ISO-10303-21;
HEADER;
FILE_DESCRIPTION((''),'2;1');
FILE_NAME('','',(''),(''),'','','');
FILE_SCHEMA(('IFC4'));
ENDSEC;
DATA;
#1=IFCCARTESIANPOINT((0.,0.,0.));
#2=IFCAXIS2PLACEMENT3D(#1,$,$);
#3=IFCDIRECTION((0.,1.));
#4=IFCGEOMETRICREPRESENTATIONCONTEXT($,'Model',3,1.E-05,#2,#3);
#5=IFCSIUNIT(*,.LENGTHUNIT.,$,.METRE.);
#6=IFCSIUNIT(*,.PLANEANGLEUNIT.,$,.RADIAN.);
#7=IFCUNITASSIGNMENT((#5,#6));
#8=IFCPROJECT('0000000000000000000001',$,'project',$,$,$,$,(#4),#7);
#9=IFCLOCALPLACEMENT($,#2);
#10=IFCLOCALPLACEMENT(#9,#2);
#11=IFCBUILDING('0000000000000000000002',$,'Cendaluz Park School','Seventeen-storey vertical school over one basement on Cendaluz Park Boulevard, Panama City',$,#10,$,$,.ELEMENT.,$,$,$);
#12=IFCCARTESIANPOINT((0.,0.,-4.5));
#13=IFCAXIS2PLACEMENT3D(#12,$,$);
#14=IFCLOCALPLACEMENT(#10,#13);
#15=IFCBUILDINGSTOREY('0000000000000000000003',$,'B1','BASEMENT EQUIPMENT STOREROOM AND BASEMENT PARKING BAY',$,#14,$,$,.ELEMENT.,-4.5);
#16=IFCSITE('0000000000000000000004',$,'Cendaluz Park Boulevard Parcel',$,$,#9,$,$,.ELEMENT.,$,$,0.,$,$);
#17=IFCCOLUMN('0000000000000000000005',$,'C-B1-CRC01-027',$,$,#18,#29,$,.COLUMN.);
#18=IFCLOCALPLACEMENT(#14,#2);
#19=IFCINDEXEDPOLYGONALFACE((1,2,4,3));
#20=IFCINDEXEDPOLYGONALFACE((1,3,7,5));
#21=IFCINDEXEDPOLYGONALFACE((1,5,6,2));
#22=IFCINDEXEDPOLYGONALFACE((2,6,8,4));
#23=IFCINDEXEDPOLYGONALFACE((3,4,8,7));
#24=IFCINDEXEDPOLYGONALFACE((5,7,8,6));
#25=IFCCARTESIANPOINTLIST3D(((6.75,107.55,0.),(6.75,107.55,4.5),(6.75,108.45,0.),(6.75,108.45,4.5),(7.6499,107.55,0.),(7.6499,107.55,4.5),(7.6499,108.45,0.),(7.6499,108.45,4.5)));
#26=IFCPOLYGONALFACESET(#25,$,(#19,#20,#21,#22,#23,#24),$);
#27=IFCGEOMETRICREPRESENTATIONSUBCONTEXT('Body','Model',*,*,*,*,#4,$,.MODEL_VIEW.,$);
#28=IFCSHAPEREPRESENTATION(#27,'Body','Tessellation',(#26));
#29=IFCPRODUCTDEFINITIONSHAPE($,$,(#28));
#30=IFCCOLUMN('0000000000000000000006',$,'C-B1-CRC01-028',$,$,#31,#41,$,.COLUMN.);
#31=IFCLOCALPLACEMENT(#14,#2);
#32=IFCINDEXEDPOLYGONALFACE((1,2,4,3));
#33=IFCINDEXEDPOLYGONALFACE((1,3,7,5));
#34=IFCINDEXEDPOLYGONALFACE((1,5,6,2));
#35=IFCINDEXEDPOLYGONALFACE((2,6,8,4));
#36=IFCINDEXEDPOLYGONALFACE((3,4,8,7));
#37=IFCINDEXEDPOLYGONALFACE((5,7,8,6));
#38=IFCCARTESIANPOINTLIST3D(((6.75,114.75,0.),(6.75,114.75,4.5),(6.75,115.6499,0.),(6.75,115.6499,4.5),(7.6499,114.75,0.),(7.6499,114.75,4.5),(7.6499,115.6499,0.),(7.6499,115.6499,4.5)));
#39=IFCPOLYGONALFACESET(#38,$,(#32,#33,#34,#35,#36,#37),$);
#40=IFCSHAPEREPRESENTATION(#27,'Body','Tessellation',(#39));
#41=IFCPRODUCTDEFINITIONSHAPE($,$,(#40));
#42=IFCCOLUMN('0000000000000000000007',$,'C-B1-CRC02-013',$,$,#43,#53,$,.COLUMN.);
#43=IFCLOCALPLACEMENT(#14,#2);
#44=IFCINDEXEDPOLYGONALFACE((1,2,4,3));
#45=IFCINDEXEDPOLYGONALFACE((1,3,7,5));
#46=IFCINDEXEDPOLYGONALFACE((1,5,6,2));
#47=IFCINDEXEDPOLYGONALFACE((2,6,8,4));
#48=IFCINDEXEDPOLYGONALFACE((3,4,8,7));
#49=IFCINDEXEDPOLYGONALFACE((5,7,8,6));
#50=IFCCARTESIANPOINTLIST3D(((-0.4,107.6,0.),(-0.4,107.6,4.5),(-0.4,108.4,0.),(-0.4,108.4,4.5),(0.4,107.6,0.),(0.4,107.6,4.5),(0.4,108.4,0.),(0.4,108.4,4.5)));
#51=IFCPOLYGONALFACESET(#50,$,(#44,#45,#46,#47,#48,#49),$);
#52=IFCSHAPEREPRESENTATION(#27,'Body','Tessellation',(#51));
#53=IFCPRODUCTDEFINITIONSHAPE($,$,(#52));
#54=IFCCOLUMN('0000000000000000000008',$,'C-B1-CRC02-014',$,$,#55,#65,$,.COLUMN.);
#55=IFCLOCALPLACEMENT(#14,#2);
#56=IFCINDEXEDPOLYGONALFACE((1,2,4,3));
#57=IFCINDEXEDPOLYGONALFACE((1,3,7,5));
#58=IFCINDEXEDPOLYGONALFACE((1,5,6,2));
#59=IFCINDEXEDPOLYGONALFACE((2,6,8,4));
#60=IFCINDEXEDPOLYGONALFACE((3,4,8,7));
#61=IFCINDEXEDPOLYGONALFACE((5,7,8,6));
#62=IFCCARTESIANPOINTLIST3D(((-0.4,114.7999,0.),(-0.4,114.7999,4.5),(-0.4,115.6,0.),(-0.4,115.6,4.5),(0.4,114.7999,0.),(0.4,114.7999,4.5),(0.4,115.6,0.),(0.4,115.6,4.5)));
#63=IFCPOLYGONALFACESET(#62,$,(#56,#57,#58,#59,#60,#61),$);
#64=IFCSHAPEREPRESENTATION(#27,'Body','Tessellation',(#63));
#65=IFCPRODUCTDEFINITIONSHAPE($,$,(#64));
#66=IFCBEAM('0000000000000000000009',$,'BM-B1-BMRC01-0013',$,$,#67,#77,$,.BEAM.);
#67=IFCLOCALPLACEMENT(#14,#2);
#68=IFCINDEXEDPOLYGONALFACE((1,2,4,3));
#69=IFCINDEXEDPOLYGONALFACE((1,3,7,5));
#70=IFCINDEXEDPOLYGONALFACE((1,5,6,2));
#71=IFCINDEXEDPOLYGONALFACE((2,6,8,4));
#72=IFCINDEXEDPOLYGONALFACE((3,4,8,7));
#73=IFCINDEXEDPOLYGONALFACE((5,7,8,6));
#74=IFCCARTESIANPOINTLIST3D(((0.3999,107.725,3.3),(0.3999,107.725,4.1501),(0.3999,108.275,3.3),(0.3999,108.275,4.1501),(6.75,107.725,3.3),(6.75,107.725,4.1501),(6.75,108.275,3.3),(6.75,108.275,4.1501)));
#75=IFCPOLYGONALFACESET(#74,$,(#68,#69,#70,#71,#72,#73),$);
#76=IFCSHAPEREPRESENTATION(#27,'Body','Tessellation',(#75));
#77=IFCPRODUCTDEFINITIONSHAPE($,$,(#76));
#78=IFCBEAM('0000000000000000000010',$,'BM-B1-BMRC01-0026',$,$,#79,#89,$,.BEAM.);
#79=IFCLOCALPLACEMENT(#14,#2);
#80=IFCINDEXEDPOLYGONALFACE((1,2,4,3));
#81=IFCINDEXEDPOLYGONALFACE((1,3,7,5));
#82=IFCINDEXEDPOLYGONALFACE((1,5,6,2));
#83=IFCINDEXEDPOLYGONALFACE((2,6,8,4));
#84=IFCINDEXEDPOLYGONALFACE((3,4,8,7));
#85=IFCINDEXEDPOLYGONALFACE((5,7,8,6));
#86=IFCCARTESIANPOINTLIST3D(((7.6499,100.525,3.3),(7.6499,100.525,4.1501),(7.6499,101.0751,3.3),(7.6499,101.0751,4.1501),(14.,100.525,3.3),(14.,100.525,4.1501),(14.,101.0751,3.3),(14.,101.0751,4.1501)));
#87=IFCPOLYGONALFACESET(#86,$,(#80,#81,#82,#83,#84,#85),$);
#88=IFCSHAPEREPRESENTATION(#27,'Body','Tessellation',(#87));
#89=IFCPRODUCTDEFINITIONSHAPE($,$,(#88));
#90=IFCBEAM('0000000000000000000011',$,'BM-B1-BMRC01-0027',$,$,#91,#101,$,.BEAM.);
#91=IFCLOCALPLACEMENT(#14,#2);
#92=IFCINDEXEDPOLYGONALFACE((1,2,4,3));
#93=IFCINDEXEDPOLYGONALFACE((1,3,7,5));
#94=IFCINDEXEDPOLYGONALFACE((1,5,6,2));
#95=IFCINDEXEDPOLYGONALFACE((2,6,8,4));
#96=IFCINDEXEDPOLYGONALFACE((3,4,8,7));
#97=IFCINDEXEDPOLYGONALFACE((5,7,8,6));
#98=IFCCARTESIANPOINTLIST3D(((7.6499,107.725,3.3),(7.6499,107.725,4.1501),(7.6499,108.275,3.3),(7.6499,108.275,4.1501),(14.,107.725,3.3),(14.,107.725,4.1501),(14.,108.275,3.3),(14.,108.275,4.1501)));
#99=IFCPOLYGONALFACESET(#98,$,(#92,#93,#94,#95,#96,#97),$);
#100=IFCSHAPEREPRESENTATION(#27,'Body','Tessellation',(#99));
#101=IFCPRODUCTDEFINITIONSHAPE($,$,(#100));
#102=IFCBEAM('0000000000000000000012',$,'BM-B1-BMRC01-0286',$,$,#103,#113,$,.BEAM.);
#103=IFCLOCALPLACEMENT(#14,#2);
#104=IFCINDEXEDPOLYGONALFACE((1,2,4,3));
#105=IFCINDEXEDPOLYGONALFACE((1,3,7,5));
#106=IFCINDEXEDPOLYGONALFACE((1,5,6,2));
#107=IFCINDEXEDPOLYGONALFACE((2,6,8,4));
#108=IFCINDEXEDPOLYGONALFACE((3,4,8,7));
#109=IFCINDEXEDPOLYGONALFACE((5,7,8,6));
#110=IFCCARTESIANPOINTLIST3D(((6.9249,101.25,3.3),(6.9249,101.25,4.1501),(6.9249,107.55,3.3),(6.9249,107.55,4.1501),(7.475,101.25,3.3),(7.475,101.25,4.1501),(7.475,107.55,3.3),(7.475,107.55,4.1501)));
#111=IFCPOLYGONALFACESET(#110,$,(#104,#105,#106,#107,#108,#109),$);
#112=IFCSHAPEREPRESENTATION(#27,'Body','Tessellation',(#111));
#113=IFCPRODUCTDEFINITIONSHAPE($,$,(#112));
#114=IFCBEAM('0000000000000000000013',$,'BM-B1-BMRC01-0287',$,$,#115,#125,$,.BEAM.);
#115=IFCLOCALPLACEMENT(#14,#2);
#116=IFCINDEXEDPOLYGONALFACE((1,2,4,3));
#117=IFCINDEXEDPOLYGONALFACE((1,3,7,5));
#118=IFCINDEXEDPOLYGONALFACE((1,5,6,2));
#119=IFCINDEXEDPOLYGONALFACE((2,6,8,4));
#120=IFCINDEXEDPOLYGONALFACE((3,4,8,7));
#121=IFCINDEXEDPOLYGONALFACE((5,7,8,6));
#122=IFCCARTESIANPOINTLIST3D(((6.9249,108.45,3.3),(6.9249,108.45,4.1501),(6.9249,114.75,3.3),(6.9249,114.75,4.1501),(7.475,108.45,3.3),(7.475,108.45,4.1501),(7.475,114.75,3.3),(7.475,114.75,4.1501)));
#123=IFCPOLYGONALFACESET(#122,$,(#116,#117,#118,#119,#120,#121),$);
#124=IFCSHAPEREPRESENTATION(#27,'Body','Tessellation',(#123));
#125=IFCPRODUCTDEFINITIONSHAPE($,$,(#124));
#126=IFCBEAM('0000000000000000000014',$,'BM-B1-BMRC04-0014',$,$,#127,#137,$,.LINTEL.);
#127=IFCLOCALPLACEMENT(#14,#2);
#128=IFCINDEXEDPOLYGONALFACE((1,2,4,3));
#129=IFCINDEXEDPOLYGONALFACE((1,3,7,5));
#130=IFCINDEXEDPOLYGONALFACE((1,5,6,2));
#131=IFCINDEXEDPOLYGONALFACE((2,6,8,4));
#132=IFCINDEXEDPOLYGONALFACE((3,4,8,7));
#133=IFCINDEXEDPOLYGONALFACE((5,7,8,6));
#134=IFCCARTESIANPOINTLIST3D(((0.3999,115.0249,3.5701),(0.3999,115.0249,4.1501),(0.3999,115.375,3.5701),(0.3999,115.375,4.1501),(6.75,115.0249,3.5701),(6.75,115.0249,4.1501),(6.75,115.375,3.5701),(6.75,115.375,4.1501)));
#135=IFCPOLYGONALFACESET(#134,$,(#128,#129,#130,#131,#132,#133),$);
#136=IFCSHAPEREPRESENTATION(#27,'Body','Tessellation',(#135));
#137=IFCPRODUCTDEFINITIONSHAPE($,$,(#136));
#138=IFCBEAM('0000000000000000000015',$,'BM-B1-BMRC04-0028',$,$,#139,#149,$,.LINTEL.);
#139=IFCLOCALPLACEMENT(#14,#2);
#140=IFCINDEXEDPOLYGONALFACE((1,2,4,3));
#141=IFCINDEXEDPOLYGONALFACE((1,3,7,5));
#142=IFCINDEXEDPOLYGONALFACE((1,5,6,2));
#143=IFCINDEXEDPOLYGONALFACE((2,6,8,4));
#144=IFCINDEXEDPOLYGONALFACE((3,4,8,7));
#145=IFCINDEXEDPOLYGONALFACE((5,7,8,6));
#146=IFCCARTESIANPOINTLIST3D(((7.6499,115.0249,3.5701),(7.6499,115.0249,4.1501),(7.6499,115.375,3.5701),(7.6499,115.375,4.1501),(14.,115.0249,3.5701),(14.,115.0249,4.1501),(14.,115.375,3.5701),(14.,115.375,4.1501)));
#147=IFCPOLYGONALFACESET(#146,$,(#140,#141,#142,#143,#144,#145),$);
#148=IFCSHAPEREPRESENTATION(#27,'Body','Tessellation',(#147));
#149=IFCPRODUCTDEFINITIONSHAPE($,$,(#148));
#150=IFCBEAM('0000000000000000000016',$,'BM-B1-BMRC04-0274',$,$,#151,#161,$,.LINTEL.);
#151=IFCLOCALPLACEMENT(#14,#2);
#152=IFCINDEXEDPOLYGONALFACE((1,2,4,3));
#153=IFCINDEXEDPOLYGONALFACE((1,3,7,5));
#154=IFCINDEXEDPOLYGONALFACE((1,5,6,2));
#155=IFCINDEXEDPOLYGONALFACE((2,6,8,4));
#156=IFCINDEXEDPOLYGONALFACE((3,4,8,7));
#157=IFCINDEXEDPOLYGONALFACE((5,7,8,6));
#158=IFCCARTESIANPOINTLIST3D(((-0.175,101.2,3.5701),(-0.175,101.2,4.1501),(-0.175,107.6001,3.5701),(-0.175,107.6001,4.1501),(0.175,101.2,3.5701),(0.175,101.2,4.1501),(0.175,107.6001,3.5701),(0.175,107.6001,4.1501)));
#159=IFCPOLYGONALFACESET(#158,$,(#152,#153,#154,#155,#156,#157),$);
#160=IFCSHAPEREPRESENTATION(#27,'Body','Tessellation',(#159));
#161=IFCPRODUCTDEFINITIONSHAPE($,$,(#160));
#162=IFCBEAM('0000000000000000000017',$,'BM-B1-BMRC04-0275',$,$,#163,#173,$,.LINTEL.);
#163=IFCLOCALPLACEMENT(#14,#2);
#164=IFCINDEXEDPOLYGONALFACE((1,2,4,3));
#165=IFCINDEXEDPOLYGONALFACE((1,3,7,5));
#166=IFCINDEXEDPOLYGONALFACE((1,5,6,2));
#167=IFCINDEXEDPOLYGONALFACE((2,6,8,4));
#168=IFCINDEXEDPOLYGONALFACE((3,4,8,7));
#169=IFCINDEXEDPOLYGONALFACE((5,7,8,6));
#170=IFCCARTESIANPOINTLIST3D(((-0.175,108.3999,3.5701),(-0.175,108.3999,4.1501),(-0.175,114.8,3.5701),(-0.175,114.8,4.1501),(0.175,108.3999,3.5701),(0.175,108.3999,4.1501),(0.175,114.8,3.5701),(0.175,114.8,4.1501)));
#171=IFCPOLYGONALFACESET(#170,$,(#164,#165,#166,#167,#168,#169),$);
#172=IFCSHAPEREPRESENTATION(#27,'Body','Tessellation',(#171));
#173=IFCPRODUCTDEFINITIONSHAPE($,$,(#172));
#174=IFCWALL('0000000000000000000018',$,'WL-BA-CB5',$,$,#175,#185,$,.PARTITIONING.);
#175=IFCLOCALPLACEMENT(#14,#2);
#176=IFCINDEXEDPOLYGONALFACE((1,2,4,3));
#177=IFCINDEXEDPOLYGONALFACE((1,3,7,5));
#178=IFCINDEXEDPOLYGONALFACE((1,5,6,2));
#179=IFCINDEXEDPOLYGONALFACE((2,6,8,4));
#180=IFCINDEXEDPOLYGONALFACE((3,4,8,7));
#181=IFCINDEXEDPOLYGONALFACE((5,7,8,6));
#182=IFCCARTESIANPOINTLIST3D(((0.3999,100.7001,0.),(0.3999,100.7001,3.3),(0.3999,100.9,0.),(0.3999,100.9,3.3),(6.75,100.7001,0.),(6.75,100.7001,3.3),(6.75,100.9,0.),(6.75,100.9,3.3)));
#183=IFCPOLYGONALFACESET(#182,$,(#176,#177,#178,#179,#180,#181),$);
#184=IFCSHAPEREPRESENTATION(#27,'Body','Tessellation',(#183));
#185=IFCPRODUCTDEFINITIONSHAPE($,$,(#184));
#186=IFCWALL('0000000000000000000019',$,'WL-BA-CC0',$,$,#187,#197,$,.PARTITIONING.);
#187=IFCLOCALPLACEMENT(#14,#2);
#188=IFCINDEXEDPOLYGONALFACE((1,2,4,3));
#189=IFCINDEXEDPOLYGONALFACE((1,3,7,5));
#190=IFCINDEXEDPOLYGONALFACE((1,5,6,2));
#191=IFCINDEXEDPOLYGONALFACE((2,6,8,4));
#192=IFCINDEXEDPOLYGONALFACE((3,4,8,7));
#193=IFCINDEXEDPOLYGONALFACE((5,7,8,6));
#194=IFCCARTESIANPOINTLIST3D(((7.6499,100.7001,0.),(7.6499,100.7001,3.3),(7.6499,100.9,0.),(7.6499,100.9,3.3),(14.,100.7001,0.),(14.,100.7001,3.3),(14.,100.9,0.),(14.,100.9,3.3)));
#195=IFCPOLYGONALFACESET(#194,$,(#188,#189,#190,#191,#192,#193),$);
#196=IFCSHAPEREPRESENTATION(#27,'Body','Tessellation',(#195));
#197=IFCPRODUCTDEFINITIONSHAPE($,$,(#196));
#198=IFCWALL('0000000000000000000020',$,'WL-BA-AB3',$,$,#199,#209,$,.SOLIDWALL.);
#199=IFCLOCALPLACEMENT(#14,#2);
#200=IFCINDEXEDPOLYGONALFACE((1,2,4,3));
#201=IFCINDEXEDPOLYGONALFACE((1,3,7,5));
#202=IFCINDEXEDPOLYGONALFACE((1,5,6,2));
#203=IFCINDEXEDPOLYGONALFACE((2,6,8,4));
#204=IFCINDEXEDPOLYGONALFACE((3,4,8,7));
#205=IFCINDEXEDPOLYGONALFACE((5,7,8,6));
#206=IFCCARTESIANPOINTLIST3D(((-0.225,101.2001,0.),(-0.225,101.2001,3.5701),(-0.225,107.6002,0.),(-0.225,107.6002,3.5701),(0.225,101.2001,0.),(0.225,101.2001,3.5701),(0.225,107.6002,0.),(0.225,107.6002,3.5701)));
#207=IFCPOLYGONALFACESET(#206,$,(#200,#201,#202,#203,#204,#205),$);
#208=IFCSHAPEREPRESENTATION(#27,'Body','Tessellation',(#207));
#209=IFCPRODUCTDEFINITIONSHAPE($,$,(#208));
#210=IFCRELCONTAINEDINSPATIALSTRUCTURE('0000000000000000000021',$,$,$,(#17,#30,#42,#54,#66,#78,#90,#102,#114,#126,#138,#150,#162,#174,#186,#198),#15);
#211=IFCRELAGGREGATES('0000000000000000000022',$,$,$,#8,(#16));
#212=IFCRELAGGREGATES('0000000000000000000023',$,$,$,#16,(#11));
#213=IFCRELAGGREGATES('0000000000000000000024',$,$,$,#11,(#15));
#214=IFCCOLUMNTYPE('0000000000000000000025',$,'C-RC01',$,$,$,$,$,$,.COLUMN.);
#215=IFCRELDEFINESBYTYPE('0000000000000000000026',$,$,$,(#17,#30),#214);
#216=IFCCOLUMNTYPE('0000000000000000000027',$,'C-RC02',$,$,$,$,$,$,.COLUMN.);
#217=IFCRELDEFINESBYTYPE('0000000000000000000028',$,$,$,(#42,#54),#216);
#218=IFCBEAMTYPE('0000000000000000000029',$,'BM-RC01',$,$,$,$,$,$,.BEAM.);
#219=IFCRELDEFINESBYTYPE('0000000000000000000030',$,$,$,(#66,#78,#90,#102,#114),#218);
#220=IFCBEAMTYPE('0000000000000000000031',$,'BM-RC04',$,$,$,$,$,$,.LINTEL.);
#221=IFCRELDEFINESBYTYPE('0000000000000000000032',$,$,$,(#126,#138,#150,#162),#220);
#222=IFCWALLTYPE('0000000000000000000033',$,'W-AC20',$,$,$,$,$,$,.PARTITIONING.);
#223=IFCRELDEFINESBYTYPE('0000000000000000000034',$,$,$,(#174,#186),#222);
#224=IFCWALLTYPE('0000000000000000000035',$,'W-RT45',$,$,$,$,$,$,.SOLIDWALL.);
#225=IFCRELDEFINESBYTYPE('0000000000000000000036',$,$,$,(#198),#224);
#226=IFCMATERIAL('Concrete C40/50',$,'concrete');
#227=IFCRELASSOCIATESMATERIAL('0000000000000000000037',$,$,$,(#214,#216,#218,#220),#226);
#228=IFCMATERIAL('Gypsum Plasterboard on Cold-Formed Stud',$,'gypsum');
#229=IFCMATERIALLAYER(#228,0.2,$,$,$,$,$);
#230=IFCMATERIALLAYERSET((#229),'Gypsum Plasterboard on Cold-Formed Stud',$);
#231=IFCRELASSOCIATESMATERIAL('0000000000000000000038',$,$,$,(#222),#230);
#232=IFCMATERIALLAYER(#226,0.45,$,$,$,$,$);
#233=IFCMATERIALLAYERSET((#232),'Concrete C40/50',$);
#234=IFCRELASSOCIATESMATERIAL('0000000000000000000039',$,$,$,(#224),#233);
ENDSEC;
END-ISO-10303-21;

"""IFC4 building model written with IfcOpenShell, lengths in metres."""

from ifc_helpers import new_model, si_unit, direction, frame, frame_2d, origin, origin_2d, place, context, subcontext, project, spatial, rectangle, extrude, material, layer, layer_set, material_profile, profile_set, type_object, element, save


model = new_model("IFC4")

# Units and contexts
model_context = context("Model", 3, precision=1e-05, world=origin(), true_north=direction((0.0, 1.0)))
body_context = subcontext(model_context, "Body", "Model", "MODEL_VIEW")
ifc_project = project(units=[si_unit("LENGTHUNIT", "METRE"), si_unit("PLANEANGLEUNIT", "RADIAN")], contexts=[model_context])

# Site, building, storey
site_placement = place(None, origin())
site = spatial("IfcSite", under=ifc_project, at=site_placement, Name="Cendaluz Park Boulevard Parcel", CompositionType="ELEMENT", RefElevation=0.0)
building_placement = place(site_placement, origin())
building = spatial("IfcBuilding", under=site, at=building_placement, Name="Cendaluz Park School", Description="Seventeen-storey vertical school over one basement on Cendaluz Park Boulevard, Panama City", CompositionType="ELEMENT")
storey_placement = place(building_placement, frame((0.0, 0.0, -4.5)))
storey = spatial("IfcBuildingStorey", under=building, at=storey_placement, Name="B1", Description="BASEMENT EQUIPMENT STOREROOM AND BASEMENT PARKING BAY", CompositionType="ELEMENT", Elevation=-4.5)

# Shared definitions
ifc_material_1 = material(Name="Concrete C40/50", Category="concrete")

# Columns
ifc_material_profile_1 = material_profile(ifc_material_1, rectangle(XDim=0.8999, YDim=0.8999, at=origin_2d()), Name="RC 900x900", Category="concrete")
ifc_profile_set_1 = profile_set([ifc_material_profile_1], Name="Concrete C40/50")
column_type_1 = type_object("IfcColumnType", Name="C-RC01", PredefinedType="COLUMN", material=ifc_profile_set_1)
for number, where, z_axis, x_axis, name in (
    (1, (7.2, 108.0, 0.0), (0.0, 0.0, 1.0), (1.0, 0.0, 0.0), "C-B1-CRC01-027"),
    (2, (7.2, 115.2, 0.0), (0.0, 0.0, 1.0), (1.0, 0.0, 0.0), "C-B1-CRC01-028"),
):
    element("IfcColumn", number, at=place(storey_placement, frame(where, z_axis=z_axis, x_axis=x_axis)), inside=storey, type_object=column_type_1, Name=name, PredefinedType="COLUMN", context=body_context, shape_type="SweptSolid", body=[
        extrude(rectangle(XDim=0.8999, YDim=0.8999, at=origin_2d()), origin(), (0.0, 0.0, 1.0), 4.5),
    ])
ifc_material_profile_2 = material_profile(ifc_material_1, rectangle(XDim=0.8, YDim=0.8, at=origin_2d()), Name="RC 800x800", Category="concrete")
ifc_profile_set_2 = profile_set([ifc_material_profile_2], Name="Concrete C40/50")
column_type_2 = type_object("IfcColumnType", Name="C-RC02", PredefinedType="COLUMN", material=ifc_profile_set_2)
for number, where, z_axis, x_axis, name in (
    (3, (0.0, 108.0, 0.0), (0.0, 0.0, 1.0), (1.0, 0.0, 0.0), "C-B1-CRC02-013"),
    (4, (0.0, 115.2, 0.0), (0.0, 0.0, 1.0), (1.0, 0.0, 0.0), "C-B1-CRC02-014"),
):
    element("IfcColumn", number, at=place(storey_placement, frame(where, z_axis=z_axis, x_axis=x_axis)), inside=storey, type_object=column_type_2, Name=name, PredefinedType="COLUMN", context=body_context, shape_type="SweptSolid", body=[
        extrude(rectangle(XDim=0.8, YDim=0.8, at=origin_2d()), origin(), (0.0, 0.0, 1.0), 4.5),
    ])

# Beams
ifc_material_profile_3 = material_profile(ifc_material_1, rectangle(XDim=0.55, YDim=0.8501, at=origin_2d()), Name="RC 550x850", Category="concrete")
ifc_profile_set_3 = profile_set([ifc_material_profile_3], Name="Concrete C40/50")
beam_type_1 = type_object("IfcBeamType", Name="BM-RC01", PredefinedType="BEAM", material=ifc_profile_set_3)
for number, where, z_axis, x_axis, name in (
    (5, (0.3999, 108.0, 3.7251), (1.0, 0.0, 0.0), (0.0, 1.0, 0.0), "BM-B1-BMRC01-0013"),
    (6, (7.6499, 100.8, 3.7251), (1.0, 0.0, 0.0), (0.0, 1.0, 0.0), "BM-B1-BMRC01-0026"),
    (7, (7.6499, 108.0, 3.7251), (1.0, 0.0, 0.0), (0.0, 1.0, 0.0), "BM-B1-BMRC01-0027"),
):
    element("IfcBeam", number, at=place(storey_placement, frame(where, z_axis=z_axis, x_axis=x_axis)), inside=storey, type_object=beam_type_1, Name=name, PredefinedType="BEAM", context=body_context, shape_type="SweptSolid", body=[
        extrude(rectangle(XDim=0.55, YDim=0.8501, at=origin_2d()), origin(), (0.0, 0.0, 1.0), 6.3501),
    ])
for number, where, z_axis, x_axis, name in (
    (8, (7.2, 101.25, 3.7251), (0.0, 1.0, 0.0), (-1.0, 0.0, 0.0), "BM-B1-BMRC01-0286"),
    (9, (7.2, 108.45, 3.7251), (0.0, 1.0, 0.0), (-1.0, 0.0, 0.0), "BM-B1-BMRC01-0287"),
):
    element("IfcBeam", number, at=place(storey_placement, frame(where, z_axis=z_axis, x_axis=x_axis)), inside=storey, type_object=beam_type_1, Name=name, PredefinedType="BEAM", context=body_context, shape_type="SweptSolid", body=[
        extrude(rectangle(XDim=0.55, YDim=0.8501, at=origin_2d()), origin(), (0.0, 0.0, 1.0), 6.3),
    ])
ifc_material_profile_4 = material_profile(ifc_material_1, rectangle(XDim=0.3501, YDim=0.5801, at=origin_2d()), Name="RC 350x580", Category="concrete")
ifc_profile_set_4 = profile_set([ifc_material_profile_4], Name="Concrete C40/50")
beam_type_2 = type_object("IfcBeamType", Name="BM-RC04", PredefinedType="LINTEL", material=ifc_profile_set_4)
for number, where, z_axis, x_axis, name in (
    (10, (0.3999, 115.2, 3.8601), (1.0, 0.0, 0.0), (0.0, 1.0, 0.0), "BM-B1-BMRC04-0014"),
    (11, (7.6499, 115.2, 3.8601), (1.0, 0.0, 0.0), (0.0, 1.0, 0.0), "BM-B1-BMRC04-0028"),
):
    element("IfcBeam", number, at=place(storey_placement, frame(where, z_axis=z_axis, x_axis=x_axis)), inside=storey, type_object=beam_type_2, Name=name, PredefinedType="LINTEL", context=body_context, shape_type="SweptSolid", body=[
        extrude(rectangle(XDim=0.3501, YDim=0.5801, at=origin_2d()), origin(), (0.0, 0.0, 1.0), 6.3501),
    ])
for number, where, z_axis, x_axis, name in (
    (12, (0.0, 101.2, 3.8601), (0.0, 1.0, 0.0), (-1.0, 0.0, 0.0), "BM-B1-BMRC04-0274"),
    (13, (0.0, 108.3999, 3.8601), (0.0, 1.0, 0.0), (-1.0, 0.0, 0.0), "BM-B1-BMRC04-0275"),
):
    element("IfcBeam", number, at=place(storey_placement, frame(where, z_axis=z_axis, x_axis=x_axis)), inside=storey, type_object=beam_type_2, Name=name, PredefinedType="LINTEL", context=body_context, shape_type="SweptSolid", body=[
        extrude(rectangle(XDim=0.3501, YDim=0.5801, at=origin_2d()), origin(), (0.0, 0.0, 1.0), 6.4001),
    ])

# Walls
ifc_material_2 = material(Name="Gypsum Plasterboard on Cold-Formed Stud", Category="gypsum")
ifc_layer_1 = layer(ifc_material_2, 0.2)
ifc_layer_set_1 = layer_set([ifc_layer_1], Name="Gypsum Plasterboard on Cold-Formed Stud")
wall_type_1 = type_object("IfcWallType", Name="W-AC20", PredefinedType="PARTITIONING", material=ifc_layer_set_1)
for number, where, z_axis, x_axis, name in (
    (14, (0.3999, 100.8, 0.0), (0.0, 0.0, 1.0), (1.0, 0.0, 0.0), "WL-BA-CB5"),
    (15, (7.6499, 100.8, 0.0), (0.0, 0.0, 1.0), (1.0, 0.0, 0.0), "WL-BA-CC0"),
):
    element("IfcWall", number, at=place(storey_placement, frame(where, z_axis=z_axis, x_axis=x_axis)), inside=storey, type_object=wall_type_1, Name=name, PredefinedType="PARTITIONING", context=body_context, shape_type="SweptSolid", body=[
        extrude(rectangle(XDim=6.3501, YDim=0.2, at=frame_2d((3.175, 0.0))), origin(), (0.0, 0.0, 1.0), 3.3),
    ])
ifc_layer_2 = layer(ifc_material_1, 0.45)
ifc_layer_set_2 = layer_set([ifc_layer_2], Name="Concrete C40/50")
wall_type_2 = type_object("IfcWallType", Name="W-RT45", PredefinedType="SOLIDWALL", material=ifc_layer_set_2)
wall_1_placement = place(storey_placement, frame((0.0, 101.2, 0.0), z_axis=(0.0, 0.0, 1.0), x_axis=(0.0, 1.0, 0.0)))
element("IfcWall", 16, at=wall_1_placement, inside=storey, type_object=wall_type_2, Name="WL-BA-AB3", PredefinedType="SOLIDWALL", context=body_context, shape_type="SweptSolid", body=[
    extrude(rectangle(XDim=6.4001, YDim=0.45, at=frame_2d((3.2002, 0.0))), origin(), (0.0, 0.0, 1.0), 3.5701),
])

save(model, "model.ifc")
